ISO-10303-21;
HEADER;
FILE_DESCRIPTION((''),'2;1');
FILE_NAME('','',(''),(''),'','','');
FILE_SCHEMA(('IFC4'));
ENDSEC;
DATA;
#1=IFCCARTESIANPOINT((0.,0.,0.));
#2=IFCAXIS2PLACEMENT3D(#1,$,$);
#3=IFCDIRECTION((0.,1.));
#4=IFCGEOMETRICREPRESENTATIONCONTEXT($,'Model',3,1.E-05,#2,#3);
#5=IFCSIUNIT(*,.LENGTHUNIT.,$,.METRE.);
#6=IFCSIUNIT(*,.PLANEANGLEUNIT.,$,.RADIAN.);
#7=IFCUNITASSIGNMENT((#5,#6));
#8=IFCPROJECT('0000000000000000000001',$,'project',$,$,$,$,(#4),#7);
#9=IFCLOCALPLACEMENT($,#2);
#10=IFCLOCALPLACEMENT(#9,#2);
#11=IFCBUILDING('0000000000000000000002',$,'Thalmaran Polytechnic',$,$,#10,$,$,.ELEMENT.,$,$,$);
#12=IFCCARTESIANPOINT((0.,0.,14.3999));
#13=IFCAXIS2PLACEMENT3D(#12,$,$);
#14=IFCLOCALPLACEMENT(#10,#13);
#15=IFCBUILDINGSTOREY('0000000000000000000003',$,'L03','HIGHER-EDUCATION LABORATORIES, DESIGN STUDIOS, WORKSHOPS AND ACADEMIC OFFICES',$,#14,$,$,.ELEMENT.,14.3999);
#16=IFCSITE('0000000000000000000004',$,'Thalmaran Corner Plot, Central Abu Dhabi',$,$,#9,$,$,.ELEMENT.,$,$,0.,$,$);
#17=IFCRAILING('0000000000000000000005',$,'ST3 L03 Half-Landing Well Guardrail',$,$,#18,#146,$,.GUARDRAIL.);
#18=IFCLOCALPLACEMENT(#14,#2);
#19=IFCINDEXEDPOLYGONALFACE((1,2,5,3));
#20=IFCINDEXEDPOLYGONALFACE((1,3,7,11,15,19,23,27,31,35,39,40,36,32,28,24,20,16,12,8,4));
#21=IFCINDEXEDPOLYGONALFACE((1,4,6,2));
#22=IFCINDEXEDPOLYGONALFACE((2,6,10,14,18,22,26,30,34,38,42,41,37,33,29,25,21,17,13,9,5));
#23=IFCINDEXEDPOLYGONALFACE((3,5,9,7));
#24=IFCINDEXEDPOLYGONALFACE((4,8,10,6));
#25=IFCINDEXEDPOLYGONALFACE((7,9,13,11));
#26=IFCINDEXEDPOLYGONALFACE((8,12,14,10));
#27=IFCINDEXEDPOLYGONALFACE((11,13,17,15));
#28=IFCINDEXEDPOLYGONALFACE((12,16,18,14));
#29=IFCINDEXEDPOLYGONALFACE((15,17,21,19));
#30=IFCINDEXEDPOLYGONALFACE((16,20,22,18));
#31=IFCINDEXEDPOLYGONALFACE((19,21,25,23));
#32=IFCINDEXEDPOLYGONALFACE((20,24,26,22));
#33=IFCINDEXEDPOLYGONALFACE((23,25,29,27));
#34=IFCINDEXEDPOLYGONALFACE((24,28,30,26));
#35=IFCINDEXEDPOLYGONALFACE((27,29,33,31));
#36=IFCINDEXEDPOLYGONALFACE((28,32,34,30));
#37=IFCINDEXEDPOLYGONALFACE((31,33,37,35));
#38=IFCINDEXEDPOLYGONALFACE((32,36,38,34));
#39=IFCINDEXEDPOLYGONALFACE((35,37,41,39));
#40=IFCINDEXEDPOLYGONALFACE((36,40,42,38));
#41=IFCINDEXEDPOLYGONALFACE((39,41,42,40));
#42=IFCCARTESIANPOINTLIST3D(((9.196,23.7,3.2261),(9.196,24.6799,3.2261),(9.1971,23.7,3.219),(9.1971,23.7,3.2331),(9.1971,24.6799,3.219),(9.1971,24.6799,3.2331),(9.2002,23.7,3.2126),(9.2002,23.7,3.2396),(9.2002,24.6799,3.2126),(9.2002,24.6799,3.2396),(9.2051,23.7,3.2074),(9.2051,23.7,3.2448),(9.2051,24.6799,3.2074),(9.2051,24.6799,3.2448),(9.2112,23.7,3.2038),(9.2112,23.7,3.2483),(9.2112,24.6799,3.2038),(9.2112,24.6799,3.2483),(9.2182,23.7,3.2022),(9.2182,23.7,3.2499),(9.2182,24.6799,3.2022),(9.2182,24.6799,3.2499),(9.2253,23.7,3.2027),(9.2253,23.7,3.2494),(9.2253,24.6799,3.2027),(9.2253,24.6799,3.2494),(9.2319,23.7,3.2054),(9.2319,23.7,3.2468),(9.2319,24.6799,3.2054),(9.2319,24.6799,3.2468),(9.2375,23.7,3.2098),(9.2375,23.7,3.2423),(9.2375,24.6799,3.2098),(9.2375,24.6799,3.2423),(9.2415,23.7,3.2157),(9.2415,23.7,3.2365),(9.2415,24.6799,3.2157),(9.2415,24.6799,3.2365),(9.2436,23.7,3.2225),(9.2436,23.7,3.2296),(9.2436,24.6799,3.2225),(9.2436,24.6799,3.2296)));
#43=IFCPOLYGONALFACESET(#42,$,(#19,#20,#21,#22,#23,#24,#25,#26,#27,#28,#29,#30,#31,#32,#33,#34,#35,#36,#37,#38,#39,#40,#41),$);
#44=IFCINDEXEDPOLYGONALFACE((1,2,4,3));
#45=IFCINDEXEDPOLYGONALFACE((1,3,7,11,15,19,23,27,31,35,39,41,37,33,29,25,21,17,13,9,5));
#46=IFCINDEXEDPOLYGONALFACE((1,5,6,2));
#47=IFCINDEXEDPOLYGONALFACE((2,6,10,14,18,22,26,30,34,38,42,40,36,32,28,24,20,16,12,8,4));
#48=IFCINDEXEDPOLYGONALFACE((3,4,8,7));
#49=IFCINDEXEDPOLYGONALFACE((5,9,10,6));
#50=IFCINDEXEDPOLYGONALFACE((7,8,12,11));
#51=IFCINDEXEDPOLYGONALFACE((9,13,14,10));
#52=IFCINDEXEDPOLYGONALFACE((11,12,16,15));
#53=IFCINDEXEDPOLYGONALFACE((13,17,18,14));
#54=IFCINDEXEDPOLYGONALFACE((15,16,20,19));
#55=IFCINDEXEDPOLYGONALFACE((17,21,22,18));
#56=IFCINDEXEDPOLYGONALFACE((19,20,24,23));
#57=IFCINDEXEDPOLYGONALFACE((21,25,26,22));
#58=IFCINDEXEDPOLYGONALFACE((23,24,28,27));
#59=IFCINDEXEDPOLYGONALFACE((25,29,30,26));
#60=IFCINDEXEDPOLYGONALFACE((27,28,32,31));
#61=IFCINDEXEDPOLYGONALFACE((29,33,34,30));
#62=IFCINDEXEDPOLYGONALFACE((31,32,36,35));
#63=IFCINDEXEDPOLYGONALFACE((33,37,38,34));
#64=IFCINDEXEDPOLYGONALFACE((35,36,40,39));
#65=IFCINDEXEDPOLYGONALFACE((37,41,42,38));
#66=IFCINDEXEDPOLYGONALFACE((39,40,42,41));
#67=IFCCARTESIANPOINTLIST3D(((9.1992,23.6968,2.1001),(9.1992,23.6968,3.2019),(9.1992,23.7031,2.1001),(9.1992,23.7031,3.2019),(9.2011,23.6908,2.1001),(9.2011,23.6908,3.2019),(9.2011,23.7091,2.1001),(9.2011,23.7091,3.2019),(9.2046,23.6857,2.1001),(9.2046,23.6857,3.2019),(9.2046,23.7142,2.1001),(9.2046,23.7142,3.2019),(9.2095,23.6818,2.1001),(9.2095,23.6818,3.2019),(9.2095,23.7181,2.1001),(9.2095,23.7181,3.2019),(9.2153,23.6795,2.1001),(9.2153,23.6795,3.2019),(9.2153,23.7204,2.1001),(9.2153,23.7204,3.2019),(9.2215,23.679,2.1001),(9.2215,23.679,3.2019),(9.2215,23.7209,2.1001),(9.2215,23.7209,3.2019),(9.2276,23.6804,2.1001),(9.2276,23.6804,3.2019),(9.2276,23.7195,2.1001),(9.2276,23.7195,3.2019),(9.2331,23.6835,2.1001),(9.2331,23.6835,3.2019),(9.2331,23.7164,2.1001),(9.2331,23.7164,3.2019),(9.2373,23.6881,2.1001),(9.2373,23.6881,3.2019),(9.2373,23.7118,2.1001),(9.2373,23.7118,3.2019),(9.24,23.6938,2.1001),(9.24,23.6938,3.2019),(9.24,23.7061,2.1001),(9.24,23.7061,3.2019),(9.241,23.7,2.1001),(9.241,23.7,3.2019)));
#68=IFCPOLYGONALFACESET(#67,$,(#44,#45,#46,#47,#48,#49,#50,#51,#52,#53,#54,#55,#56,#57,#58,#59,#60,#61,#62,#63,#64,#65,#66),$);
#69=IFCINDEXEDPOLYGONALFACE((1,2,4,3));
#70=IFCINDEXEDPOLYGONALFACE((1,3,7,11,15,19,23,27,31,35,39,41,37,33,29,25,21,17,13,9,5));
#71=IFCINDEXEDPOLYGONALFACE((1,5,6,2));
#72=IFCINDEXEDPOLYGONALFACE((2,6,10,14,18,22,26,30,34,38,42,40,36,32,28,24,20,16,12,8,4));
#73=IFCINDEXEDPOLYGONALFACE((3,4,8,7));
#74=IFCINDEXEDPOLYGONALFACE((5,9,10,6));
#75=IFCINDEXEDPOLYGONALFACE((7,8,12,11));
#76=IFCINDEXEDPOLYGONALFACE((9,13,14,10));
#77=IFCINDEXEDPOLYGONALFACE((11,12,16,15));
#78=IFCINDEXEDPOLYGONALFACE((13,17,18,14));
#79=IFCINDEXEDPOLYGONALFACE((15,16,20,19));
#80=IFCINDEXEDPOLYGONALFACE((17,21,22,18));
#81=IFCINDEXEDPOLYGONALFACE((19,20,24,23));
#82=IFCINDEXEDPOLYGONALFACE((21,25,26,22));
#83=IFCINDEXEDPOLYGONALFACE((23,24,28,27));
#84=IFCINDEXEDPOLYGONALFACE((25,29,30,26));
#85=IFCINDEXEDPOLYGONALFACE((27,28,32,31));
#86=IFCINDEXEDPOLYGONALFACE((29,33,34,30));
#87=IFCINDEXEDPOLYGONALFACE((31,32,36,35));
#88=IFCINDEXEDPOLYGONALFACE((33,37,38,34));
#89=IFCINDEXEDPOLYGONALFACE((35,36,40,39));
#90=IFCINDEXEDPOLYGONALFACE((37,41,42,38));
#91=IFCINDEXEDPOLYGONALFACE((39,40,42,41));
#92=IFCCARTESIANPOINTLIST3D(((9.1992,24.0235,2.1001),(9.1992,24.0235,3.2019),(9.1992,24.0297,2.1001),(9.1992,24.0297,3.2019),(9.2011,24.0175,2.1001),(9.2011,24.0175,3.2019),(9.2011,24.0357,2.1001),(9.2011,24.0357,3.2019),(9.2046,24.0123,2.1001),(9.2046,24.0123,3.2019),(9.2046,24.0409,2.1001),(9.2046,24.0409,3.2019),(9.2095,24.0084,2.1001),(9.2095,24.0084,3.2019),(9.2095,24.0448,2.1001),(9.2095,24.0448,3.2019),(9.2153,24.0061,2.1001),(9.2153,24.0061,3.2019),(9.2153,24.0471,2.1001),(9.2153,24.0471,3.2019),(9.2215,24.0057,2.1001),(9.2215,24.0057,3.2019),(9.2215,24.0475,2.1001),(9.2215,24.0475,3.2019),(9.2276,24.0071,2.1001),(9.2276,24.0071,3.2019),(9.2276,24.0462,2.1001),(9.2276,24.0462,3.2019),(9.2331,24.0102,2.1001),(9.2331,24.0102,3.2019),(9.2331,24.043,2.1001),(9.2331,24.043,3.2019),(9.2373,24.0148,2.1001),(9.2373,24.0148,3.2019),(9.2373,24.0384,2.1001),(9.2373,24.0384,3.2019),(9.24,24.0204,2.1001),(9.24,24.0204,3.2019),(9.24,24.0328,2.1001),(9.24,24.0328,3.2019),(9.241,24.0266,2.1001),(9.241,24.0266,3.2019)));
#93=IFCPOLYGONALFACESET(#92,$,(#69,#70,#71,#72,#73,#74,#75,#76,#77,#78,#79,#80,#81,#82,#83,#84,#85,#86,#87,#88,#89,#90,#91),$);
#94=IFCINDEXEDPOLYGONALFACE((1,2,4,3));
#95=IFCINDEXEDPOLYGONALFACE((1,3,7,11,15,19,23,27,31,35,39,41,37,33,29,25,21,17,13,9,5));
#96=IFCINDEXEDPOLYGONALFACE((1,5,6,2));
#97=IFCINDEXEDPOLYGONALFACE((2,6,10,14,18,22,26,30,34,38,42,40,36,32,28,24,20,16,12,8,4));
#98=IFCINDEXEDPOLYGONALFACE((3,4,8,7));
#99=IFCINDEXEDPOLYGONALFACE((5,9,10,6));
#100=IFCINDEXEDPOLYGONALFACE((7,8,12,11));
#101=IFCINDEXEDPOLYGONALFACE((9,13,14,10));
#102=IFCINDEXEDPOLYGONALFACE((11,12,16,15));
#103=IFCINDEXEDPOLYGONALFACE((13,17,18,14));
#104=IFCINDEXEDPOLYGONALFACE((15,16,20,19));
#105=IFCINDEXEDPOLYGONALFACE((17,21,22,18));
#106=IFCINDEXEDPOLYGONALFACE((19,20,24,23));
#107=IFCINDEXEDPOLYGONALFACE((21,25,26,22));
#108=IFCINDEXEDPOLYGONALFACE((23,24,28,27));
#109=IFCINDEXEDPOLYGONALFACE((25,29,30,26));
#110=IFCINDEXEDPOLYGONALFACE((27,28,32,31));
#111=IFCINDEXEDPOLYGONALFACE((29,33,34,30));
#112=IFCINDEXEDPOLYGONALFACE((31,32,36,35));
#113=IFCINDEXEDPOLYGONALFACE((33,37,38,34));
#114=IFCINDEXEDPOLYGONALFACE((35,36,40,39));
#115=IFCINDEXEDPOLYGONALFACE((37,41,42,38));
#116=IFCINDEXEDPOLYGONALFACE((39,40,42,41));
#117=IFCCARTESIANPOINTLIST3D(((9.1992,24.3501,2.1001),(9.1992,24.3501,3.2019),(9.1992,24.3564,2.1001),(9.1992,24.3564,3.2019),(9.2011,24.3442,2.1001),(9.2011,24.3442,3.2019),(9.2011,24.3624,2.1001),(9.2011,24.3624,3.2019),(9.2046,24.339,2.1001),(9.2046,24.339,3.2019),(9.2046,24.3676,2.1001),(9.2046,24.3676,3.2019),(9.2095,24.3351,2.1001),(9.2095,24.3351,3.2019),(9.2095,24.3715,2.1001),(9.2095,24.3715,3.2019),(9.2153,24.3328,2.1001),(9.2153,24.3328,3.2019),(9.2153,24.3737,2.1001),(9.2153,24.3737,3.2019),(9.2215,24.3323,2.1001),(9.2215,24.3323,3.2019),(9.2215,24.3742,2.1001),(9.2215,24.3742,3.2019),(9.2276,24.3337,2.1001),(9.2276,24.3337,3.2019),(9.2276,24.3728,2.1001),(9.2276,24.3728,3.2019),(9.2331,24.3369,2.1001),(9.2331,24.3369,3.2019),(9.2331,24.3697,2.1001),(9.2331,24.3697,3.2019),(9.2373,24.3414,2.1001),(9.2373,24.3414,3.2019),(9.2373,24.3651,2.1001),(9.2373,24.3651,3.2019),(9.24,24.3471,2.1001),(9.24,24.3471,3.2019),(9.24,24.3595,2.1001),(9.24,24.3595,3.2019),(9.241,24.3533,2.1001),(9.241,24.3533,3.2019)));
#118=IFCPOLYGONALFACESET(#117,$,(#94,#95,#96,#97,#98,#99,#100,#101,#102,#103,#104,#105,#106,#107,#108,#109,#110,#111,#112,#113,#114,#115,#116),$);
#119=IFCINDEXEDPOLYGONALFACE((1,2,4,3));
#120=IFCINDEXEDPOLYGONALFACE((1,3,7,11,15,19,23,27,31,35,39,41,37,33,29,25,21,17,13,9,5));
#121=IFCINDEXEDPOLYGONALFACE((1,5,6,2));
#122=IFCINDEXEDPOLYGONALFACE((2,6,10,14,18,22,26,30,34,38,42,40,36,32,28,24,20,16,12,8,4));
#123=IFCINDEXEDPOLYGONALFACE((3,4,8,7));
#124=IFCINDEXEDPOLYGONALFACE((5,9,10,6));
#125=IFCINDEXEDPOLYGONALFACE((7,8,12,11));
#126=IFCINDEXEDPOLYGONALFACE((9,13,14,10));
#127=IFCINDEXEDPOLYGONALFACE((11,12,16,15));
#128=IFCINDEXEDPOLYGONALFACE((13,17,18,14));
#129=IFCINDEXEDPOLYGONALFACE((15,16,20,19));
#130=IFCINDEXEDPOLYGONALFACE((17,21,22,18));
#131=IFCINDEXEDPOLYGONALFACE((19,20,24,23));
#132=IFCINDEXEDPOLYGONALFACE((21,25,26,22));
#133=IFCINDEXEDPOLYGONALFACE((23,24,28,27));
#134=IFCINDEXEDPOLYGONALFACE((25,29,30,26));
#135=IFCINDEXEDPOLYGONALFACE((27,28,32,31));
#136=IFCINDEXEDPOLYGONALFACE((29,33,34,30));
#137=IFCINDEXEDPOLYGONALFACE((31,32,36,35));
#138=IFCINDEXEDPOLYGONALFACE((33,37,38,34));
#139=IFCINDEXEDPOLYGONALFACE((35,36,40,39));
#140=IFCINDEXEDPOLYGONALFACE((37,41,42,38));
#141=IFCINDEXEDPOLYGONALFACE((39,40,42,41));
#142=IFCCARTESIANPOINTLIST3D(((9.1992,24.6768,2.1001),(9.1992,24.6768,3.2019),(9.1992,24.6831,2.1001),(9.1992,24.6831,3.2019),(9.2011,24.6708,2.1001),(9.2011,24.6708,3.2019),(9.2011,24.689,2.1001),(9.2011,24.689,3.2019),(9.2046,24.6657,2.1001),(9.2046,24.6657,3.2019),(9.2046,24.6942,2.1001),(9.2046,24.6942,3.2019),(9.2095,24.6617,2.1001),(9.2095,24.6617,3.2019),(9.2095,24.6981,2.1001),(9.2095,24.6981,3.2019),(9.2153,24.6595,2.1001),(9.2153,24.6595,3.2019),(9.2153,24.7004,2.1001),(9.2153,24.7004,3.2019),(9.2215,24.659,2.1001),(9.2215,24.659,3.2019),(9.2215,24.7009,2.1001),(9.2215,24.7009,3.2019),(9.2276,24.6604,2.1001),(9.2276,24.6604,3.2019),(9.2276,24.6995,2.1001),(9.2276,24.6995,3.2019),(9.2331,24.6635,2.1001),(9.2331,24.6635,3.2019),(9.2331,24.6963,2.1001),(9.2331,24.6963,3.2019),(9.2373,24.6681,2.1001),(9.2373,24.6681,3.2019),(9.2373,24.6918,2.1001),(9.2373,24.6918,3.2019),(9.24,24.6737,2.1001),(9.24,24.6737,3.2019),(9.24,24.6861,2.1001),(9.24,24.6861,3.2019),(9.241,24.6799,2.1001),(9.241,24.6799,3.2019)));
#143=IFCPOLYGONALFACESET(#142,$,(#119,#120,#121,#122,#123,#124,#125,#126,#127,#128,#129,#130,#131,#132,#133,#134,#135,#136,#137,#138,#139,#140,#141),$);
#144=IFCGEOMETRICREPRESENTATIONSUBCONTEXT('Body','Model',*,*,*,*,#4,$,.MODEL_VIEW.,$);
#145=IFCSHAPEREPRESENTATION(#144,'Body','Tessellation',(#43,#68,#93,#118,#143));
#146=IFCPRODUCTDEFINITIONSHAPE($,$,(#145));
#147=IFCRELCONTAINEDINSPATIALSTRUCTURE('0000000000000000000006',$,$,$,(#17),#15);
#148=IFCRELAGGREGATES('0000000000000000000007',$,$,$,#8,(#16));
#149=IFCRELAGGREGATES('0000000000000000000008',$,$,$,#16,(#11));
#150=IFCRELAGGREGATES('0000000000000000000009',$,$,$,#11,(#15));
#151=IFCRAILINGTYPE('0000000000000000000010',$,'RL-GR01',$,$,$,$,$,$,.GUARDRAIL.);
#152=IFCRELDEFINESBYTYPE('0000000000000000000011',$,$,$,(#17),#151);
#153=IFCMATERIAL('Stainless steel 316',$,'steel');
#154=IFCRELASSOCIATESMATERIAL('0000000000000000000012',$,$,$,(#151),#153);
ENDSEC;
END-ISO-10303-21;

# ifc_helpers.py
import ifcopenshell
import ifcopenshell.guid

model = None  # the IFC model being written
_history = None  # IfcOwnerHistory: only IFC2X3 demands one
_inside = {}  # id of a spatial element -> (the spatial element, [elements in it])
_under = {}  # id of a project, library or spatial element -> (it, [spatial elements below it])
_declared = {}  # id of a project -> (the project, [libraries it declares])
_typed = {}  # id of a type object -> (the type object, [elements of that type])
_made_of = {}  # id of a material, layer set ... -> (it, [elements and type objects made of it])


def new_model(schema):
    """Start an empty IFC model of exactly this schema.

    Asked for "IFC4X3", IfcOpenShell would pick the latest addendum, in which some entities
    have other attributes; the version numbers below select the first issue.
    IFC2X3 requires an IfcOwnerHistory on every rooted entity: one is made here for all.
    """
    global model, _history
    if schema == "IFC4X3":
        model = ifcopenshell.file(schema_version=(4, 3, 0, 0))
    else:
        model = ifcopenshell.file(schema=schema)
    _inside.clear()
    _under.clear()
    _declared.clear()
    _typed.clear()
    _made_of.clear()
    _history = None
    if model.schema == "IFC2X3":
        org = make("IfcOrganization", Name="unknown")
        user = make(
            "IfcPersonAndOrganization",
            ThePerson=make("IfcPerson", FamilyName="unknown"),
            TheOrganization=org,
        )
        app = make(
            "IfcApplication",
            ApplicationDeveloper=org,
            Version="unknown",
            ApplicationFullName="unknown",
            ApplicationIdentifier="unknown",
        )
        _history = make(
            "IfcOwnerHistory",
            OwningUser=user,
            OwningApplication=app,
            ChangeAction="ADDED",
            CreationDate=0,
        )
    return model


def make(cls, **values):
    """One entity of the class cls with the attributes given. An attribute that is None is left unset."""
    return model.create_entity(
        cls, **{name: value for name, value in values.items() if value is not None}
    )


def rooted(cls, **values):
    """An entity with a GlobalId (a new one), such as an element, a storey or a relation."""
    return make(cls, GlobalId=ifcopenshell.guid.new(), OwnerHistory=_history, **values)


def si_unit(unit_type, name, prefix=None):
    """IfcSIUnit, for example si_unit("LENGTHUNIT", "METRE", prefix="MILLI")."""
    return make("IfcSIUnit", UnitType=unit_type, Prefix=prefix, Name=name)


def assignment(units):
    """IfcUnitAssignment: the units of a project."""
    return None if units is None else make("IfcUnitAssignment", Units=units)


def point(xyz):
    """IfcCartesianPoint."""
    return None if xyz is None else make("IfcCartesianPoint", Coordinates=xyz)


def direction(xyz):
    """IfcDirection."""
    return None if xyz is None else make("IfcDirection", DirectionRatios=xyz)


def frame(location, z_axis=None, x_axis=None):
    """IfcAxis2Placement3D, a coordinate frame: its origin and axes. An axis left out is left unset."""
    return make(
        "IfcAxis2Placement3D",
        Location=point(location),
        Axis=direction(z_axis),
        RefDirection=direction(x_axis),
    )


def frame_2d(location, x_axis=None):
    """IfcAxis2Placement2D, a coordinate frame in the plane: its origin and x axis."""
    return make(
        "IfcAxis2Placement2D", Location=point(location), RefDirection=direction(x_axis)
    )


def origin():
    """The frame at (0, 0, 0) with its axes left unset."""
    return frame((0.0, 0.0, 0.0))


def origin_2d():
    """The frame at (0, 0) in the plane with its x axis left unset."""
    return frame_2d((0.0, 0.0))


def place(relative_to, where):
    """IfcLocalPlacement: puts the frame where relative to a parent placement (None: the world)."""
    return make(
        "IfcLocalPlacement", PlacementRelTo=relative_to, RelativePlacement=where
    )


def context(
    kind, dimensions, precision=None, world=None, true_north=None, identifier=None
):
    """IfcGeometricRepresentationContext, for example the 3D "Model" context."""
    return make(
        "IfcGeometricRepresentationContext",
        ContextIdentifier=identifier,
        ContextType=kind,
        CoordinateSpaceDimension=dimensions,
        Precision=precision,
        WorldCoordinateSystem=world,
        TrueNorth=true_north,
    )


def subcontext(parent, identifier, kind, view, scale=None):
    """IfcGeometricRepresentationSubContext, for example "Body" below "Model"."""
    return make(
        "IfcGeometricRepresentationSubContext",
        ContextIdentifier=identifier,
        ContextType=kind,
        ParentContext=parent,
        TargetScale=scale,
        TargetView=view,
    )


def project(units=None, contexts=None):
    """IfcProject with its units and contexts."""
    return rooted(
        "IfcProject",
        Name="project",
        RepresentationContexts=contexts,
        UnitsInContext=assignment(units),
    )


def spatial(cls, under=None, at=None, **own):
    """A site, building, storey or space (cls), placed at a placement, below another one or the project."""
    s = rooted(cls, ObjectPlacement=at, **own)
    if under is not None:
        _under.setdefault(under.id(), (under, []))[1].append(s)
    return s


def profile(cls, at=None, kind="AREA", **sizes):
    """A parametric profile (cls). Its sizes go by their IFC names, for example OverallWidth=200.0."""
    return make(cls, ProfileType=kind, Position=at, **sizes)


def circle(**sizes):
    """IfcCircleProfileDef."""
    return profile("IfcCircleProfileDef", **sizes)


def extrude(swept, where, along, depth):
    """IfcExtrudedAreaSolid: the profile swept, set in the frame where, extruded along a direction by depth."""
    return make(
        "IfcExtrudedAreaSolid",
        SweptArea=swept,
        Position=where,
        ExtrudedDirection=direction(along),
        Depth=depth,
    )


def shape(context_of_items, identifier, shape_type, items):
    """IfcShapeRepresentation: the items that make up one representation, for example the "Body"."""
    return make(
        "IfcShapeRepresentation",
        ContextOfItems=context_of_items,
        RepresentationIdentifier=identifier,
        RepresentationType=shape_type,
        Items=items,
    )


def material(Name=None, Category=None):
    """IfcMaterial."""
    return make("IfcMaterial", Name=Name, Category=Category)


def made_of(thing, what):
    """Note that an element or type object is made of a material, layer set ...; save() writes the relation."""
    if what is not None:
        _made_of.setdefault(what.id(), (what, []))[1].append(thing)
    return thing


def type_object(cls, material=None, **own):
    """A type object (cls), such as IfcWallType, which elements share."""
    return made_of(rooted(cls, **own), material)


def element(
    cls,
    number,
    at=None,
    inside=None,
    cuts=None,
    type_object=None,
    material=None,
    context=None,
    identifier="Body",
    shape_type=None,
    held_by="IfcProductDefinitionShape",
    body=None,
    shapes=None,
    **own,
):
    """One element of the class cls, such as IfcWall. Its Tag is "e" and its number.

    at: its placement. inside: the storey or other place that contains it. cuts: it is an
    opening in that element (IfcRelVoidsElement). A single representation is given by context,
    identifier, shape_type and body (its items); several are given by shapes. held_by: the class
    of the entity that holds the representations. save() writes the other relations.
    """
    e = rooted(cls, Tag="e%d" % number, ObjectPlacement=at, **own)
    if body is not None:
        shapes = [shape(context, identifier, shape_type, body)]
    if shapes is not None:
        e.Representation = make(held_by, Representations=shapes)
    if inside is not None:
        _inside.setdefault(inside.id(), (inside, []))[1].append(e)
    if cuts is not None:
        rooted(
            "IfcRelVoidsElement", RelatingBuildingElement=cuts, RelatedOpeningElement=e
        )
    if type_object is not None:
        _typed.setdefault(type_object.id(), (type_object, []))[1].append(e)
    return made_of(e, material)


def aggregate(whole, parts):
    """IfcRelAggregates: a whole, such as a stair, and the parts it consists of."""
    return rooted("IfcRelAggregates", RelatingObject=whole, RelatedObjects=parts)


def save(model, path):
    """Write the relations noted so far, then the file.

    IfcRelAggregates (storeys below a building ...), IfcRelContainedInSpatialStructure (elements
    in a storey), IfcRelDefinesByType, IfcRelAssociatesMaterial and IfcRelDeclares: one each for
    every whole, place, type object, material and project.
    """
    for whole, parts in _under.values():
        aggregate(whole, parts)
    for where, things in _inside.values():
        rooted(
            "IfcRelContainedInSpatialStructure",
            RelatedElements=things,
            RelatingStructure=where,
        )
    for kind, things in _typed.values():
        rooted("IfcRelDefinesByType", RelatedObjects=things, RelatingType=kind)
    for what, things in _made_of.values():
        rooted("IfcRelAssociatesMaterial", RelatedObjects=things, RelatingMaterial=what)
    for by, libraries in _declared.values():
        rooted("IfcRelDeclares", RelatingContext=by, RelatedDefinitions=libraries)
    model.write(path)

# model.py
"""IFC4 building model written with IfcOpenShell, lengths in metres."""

from ifc_helpers import new_model, si_unit, direction, frame, origin, origin_2d, place, context, subcontext, project, spatial, circle, extrude, material, type_object, element, save


model = new_model("IFC4")

# Units and contexts
model_context = context("Model", 3, precision=1e-05, world=origin(), true_north=direction((0.0, 1.0)))
body_context = subcontext(model_context, "Body", "Model", "MODEL_VIEW")
ifc_project = project(units=[si_unit("LENGTHUNIT", "METRE"), si_unit("PLANEANGLEUNIT", "RADIAN")], contexts=[model_context])

# Site, building, storey
site_placement = place(None, origin())
site = spatial("IfcSite", under=ifc_project, at=site_placement, Name="Thalmaran Corner Plot, Central Abu Dhabi", CompositionType="ELEMENT", RefElevation=0.0)
building_placement = place(site_placement, origin())
building = spatial("IfcBuilding", under=site, at=building_placement, Name="Thalmaran Polytechnic", CompositionType="ELEMENT")
storey_placement = place(building_placement, frame((0.0, 0.0, 14.3999)))
storey = spatial("IfcBuildingStorey", under=building, at=storey_placement, Name="L03", Description="HIGHER-EDUCATION LABORATORIES, DESIGN STUDIOS, WORKSHOPS AND ACADEMIC OFFICES", CompositionType="ELEMENT", Elevation=14.3999)

# Railing
ifc_material_1 = material(Name="Stainless steel 316", Category="steel")
railing_type_1 = type_object("IfcRailingType", Name="RL-GR01", PredefinedType="GUARDRAIL", material=ifc_material_1)
railing_1_placement = place(storey_placement, frame((9.22, 23.7, 2.1001)))
element("IfcRailing", 1, at=railing_1_placement, inside=storey, type_object=railing_type_1, Name="ST3 L03 Half-Landing Well Guardrail", PredefinedType="GUARDRAIL", context=body_context, shape_type="SweptSolid", body=[
    extrude(circle(Radius=0.0239, at=origin_2d()), frame((0.0, 0.0, 1.126), z_axis=(0.0, 1.0, 0.0), x_axis=(-1.0, 0.0, 0.0)), (0.0, 0.0, 1.0), 0.98),
    extrude(circle(Radius=0.021, at=origin_2d()), origin(), (0.0, 0.0, 1.0), 1.1018),
    extrude(circle(Radius=0.021, at=origin_2d()), frame((0.0, 0.3267, 0.0)), (0.0, 0.0, 1.0), 1.1018),
    extrude(circle(Radius=0.021, at=origin_2d()), frame((0.0, 0.6533, 0.0)), (0.0, 0.0, 1.0), 1.1018),
    extrude(circle(Radius=0.021, at=origin_2d()), frame((0.0, 0.98, 0.0)), (0.0, 0.0, 1.0), 1.1018),
])

save(model, "model.ifc")
